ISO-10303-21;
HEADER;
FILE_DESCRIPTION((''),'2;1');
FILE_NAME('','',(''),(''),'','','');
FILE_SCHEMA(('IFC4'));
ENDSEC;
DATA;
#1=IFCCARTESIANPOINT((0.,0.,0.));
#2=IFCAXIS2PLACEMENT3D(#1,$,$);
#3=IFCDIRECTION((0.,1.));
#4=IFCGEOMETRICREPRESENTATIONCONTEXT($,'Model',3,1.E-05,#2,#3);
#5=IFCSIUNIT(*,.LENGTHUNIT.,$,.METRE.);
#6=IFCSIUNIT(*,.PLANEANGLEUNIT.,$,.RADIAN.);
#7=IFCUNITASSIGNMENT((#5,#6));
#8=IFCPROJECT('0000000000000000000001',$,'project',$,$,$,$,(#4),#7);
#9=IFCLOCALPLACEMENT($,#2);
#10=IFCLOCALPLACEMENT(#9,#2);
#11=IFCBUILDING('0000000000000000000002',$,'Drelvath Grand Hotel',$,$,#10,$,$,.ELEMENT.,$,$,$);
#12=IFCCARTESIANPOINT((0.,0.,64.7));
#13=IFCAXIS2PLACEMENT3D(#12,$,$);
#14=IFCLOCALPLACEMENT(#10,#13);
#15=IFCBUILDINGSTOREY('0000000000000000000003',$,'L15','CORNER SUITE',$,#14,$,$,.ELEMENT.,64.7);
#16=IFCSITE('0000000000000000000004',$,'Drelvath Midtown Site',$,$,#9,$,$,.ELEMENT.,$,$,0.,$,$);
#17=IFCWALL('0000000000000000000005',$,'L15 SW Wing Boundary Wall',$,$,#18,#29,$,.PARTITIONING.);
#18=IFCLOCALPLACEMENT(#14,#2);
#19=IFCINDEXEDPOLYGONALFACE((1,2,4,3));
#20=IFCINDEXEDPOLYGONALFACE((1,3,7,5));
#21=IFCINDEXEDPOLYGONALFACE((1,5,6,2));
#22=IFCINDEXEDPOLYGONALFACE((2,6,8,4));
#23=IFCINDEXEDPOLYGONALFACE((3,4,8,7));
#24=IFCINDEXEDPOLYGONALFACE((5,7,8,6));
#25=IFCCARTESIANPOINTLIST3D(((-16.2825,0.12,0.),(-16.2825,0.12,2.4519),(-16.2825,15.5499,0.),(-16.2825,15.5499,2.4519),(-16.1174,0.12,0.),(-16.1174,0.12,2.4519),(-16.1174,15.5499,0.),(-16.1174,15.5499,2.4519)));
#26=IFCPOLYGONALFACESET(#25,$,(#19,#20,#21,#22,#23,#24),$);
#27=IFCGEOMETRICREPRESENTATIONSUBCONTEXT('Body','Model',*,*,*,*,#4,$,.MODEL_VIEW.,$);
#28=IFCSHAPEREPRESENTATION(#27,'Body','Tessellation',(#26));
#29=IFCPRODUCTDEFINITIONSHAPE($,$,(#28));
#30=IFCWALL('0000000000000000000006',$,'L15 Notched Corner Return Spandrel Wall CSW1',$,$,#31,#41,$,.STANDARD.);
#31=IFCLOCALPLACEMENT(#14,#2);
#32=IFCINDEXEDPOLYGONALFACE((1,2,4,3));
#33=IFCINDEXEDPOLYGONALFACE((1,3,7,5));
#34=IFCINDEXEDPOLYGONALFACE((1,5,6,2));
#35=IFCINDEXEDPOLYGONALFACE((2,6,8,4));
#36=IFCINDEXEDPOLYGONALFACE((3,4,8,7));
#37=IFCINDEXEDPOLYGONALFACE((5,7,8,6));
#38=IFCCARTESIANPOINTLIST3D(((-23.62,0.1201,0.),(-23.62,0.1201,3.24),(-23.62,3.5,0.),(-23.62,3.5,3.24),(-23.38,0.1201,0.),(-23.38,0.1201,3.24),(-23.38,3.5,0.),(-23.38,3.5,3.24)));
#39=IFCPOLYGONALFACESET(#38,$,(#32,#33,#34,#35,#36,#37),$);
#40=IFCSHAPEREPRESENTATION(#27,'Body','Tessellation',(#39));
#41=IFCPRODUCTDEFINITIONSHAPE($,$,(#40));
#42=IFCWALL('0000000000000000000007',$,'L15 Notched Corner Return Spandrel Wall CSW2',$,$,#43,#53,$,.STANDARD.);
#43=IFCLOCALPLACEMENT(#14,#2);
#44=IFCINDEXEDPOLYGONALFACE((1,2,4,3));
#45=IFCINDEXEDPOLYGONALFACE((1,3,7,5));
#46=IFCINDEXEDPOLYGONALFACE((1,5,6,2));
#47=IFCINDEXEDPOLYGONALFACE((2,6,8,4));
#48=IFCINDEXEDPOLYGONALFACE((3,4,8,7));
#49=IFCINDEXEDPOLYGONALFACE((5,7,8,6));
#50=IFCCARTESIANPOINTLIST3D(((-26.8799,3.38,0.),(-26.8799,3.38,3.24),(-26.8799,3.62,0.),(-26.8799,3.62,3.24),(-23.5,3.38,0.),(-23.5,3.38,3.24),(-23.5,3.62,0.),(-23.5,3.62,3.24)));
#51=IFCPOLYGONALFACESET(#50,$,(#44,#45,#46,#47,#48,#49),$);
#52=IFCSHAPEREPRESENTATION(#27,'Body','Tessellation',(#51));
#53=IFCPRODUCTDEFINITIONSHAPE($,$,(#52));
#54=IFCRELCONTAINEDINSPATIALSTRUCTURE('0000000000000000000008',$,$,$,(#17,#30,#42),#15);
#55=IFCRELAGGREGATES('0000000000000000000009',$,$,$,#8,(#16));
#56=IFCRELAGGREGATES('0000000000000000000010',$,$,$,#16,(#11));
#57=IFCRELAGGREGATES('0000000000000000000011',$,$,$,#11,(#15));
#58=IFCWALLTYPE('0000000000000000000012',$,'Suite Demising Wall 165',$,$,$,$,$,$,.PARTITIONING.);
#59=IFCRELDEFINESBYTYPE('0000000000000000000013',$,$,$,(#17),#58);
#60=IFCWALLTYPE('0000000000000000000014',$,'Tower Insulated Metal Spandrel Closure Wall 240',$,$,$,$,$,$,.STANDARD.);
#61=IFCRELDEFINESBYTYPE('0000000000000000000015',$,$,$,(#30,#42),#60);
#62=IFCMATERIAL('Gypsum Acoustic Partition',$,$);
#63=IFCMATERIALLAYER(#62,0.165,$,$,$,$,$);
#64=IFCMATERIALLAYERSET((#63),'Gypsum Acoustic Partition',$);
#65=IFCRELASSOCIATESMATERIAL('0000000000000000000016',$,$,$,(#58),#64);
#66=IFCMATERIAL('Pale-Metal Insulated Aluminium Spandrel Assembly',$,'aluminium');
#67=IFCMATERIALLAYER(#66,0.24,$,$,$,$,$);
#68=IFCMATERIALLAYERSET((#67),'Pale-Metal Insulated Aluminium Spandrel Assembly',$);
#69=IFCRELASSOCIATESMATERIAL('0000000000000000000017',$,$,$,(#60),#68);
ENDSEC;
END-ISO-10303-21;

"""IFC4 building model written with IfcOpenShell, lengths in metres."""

from ifc_helpers import new_model, si_unit, direction, frame, frame_2d, origin, place, context, subcontext, project, spatial, rectangle, extrude, material, layer, layer_set, type_object, element, save


model = new_model("IFC4")

# Units and contexts
model_context = context("Model", 3, precision=1e-05, world=origin(), true_north=direction((0.0, 1.0)))
body_context = subcontext(model_context, "Body", "Model", "MODEL_VIEW")
ifc_project = project(units=[si_unit("LENGTHUNIT", "METRE"), si_unit("PLANEANGLEUNIT", "RADIAN")], contexts=[model_context])

# Site, building, storey
site_placement = place(None, origin())
site = spatial("IfcSite", under=ifc_project, at=site_placement, Name="Drelvath Midtown Site", CompositionType="ELEMENT", RefElevation=0.0)
building_placement = place(site_placement, origin())
building = spatial("IfcBuilding", under=site, at=building_placement, Name="Drelvath Grand Hotel", CompositionType="ELEMENT")
storey_placement = place(building_placement, frame((0.0, 0.0, 64.7)))
storey = spatial("IfcBuildingStorey", under=building, at=storey_placement, Name="L15", Description="CORNER SUITE", CompositionType="ELEMENT", Elevation=64.7)

# Walls
ifc_material_1 = material(Name="Gypsum Acoustic Partition")
ifc_layer_1 = layer(ifc_material_1, 0.165)
ifc_layer_set_1 = layer_set([ifc_layer_1], Name="Gypsum Acoustic Partition")
wall_type_1 = type_object("IfcWallType", Name="Suite Demising Wall 165", PredefinedType="PARTITIONING", material=ifc_layer_set_1)
wall_placement = place(storey_placement, frame((-16.2, 0.1201, 0.0), z_axis=(0.0, 0.0, 1.0), x_axis=(0.0, 1.0, 0.0)))
element("IfcWall", 1, at=wall_placement, inside=storey, type_object=wall_type_1, Name="L15 SW Wing Boundary Wall", PredefinedType="PARTITIONING", context=body_context, shape_type="SweptSolid", body=[
    extrude(rectangle(XDim=15.4299, YDim=0.165, at=frame_2d((7.7148, 0.0))), origin(), (0.0, 0.0, 1.0), 2.4519),
])
ifc_material_2 = material(Name="Pale-Metal Insulated Aluminium Spandrel Assembly", Category="aluminium")
ifc_layer_2 = layer(ifc_material_2, 0.24)
ifc_layer_set_2 = layer_set([ifc_layer_2], Name="Pale-Metal Insulated Aluminium Spandrel Assembly")
wall_type_2 = type_object("IfcWallType", Name="Tower Insulated Metal Spandrel Closure Wall 240", PredefinedType="STANDARD", material=ifc_layer_set_2)
for number, where, z_axis, x_axis, name in (
    (2, (-23.5, 0.1201, 0.0), (0.0, 0.0, 1.0), (0.0, 1.0, 0.0), "L15 Notched Corner Return Spandrel Wall CSW1"),
    (3, (-23.5, 3.5, 0.0), (0.0, 0.0, 1.0), (-1.0, 0.0, 0.0), "L15 Notched Corner Return Spandrel Wall CSW2"),
):
    element("IfcWall", number, at=place(storey_placement, frame(where, z_axis=z_axis, x_axis=x_axis)), inside=storey, type_object=wall_type_2, Name=name, PredefinedType="STANDARD", context=body_context, shape_type="SweptSolid", body=[
        extrude(rectangle(XDim=3.3799, YDim=0.24, at=frame_2d((1.6899, 0.0))), origin(), (0.0, 0.0, 1.0), 3.24),
    ])

save(model, "model.ifc")
